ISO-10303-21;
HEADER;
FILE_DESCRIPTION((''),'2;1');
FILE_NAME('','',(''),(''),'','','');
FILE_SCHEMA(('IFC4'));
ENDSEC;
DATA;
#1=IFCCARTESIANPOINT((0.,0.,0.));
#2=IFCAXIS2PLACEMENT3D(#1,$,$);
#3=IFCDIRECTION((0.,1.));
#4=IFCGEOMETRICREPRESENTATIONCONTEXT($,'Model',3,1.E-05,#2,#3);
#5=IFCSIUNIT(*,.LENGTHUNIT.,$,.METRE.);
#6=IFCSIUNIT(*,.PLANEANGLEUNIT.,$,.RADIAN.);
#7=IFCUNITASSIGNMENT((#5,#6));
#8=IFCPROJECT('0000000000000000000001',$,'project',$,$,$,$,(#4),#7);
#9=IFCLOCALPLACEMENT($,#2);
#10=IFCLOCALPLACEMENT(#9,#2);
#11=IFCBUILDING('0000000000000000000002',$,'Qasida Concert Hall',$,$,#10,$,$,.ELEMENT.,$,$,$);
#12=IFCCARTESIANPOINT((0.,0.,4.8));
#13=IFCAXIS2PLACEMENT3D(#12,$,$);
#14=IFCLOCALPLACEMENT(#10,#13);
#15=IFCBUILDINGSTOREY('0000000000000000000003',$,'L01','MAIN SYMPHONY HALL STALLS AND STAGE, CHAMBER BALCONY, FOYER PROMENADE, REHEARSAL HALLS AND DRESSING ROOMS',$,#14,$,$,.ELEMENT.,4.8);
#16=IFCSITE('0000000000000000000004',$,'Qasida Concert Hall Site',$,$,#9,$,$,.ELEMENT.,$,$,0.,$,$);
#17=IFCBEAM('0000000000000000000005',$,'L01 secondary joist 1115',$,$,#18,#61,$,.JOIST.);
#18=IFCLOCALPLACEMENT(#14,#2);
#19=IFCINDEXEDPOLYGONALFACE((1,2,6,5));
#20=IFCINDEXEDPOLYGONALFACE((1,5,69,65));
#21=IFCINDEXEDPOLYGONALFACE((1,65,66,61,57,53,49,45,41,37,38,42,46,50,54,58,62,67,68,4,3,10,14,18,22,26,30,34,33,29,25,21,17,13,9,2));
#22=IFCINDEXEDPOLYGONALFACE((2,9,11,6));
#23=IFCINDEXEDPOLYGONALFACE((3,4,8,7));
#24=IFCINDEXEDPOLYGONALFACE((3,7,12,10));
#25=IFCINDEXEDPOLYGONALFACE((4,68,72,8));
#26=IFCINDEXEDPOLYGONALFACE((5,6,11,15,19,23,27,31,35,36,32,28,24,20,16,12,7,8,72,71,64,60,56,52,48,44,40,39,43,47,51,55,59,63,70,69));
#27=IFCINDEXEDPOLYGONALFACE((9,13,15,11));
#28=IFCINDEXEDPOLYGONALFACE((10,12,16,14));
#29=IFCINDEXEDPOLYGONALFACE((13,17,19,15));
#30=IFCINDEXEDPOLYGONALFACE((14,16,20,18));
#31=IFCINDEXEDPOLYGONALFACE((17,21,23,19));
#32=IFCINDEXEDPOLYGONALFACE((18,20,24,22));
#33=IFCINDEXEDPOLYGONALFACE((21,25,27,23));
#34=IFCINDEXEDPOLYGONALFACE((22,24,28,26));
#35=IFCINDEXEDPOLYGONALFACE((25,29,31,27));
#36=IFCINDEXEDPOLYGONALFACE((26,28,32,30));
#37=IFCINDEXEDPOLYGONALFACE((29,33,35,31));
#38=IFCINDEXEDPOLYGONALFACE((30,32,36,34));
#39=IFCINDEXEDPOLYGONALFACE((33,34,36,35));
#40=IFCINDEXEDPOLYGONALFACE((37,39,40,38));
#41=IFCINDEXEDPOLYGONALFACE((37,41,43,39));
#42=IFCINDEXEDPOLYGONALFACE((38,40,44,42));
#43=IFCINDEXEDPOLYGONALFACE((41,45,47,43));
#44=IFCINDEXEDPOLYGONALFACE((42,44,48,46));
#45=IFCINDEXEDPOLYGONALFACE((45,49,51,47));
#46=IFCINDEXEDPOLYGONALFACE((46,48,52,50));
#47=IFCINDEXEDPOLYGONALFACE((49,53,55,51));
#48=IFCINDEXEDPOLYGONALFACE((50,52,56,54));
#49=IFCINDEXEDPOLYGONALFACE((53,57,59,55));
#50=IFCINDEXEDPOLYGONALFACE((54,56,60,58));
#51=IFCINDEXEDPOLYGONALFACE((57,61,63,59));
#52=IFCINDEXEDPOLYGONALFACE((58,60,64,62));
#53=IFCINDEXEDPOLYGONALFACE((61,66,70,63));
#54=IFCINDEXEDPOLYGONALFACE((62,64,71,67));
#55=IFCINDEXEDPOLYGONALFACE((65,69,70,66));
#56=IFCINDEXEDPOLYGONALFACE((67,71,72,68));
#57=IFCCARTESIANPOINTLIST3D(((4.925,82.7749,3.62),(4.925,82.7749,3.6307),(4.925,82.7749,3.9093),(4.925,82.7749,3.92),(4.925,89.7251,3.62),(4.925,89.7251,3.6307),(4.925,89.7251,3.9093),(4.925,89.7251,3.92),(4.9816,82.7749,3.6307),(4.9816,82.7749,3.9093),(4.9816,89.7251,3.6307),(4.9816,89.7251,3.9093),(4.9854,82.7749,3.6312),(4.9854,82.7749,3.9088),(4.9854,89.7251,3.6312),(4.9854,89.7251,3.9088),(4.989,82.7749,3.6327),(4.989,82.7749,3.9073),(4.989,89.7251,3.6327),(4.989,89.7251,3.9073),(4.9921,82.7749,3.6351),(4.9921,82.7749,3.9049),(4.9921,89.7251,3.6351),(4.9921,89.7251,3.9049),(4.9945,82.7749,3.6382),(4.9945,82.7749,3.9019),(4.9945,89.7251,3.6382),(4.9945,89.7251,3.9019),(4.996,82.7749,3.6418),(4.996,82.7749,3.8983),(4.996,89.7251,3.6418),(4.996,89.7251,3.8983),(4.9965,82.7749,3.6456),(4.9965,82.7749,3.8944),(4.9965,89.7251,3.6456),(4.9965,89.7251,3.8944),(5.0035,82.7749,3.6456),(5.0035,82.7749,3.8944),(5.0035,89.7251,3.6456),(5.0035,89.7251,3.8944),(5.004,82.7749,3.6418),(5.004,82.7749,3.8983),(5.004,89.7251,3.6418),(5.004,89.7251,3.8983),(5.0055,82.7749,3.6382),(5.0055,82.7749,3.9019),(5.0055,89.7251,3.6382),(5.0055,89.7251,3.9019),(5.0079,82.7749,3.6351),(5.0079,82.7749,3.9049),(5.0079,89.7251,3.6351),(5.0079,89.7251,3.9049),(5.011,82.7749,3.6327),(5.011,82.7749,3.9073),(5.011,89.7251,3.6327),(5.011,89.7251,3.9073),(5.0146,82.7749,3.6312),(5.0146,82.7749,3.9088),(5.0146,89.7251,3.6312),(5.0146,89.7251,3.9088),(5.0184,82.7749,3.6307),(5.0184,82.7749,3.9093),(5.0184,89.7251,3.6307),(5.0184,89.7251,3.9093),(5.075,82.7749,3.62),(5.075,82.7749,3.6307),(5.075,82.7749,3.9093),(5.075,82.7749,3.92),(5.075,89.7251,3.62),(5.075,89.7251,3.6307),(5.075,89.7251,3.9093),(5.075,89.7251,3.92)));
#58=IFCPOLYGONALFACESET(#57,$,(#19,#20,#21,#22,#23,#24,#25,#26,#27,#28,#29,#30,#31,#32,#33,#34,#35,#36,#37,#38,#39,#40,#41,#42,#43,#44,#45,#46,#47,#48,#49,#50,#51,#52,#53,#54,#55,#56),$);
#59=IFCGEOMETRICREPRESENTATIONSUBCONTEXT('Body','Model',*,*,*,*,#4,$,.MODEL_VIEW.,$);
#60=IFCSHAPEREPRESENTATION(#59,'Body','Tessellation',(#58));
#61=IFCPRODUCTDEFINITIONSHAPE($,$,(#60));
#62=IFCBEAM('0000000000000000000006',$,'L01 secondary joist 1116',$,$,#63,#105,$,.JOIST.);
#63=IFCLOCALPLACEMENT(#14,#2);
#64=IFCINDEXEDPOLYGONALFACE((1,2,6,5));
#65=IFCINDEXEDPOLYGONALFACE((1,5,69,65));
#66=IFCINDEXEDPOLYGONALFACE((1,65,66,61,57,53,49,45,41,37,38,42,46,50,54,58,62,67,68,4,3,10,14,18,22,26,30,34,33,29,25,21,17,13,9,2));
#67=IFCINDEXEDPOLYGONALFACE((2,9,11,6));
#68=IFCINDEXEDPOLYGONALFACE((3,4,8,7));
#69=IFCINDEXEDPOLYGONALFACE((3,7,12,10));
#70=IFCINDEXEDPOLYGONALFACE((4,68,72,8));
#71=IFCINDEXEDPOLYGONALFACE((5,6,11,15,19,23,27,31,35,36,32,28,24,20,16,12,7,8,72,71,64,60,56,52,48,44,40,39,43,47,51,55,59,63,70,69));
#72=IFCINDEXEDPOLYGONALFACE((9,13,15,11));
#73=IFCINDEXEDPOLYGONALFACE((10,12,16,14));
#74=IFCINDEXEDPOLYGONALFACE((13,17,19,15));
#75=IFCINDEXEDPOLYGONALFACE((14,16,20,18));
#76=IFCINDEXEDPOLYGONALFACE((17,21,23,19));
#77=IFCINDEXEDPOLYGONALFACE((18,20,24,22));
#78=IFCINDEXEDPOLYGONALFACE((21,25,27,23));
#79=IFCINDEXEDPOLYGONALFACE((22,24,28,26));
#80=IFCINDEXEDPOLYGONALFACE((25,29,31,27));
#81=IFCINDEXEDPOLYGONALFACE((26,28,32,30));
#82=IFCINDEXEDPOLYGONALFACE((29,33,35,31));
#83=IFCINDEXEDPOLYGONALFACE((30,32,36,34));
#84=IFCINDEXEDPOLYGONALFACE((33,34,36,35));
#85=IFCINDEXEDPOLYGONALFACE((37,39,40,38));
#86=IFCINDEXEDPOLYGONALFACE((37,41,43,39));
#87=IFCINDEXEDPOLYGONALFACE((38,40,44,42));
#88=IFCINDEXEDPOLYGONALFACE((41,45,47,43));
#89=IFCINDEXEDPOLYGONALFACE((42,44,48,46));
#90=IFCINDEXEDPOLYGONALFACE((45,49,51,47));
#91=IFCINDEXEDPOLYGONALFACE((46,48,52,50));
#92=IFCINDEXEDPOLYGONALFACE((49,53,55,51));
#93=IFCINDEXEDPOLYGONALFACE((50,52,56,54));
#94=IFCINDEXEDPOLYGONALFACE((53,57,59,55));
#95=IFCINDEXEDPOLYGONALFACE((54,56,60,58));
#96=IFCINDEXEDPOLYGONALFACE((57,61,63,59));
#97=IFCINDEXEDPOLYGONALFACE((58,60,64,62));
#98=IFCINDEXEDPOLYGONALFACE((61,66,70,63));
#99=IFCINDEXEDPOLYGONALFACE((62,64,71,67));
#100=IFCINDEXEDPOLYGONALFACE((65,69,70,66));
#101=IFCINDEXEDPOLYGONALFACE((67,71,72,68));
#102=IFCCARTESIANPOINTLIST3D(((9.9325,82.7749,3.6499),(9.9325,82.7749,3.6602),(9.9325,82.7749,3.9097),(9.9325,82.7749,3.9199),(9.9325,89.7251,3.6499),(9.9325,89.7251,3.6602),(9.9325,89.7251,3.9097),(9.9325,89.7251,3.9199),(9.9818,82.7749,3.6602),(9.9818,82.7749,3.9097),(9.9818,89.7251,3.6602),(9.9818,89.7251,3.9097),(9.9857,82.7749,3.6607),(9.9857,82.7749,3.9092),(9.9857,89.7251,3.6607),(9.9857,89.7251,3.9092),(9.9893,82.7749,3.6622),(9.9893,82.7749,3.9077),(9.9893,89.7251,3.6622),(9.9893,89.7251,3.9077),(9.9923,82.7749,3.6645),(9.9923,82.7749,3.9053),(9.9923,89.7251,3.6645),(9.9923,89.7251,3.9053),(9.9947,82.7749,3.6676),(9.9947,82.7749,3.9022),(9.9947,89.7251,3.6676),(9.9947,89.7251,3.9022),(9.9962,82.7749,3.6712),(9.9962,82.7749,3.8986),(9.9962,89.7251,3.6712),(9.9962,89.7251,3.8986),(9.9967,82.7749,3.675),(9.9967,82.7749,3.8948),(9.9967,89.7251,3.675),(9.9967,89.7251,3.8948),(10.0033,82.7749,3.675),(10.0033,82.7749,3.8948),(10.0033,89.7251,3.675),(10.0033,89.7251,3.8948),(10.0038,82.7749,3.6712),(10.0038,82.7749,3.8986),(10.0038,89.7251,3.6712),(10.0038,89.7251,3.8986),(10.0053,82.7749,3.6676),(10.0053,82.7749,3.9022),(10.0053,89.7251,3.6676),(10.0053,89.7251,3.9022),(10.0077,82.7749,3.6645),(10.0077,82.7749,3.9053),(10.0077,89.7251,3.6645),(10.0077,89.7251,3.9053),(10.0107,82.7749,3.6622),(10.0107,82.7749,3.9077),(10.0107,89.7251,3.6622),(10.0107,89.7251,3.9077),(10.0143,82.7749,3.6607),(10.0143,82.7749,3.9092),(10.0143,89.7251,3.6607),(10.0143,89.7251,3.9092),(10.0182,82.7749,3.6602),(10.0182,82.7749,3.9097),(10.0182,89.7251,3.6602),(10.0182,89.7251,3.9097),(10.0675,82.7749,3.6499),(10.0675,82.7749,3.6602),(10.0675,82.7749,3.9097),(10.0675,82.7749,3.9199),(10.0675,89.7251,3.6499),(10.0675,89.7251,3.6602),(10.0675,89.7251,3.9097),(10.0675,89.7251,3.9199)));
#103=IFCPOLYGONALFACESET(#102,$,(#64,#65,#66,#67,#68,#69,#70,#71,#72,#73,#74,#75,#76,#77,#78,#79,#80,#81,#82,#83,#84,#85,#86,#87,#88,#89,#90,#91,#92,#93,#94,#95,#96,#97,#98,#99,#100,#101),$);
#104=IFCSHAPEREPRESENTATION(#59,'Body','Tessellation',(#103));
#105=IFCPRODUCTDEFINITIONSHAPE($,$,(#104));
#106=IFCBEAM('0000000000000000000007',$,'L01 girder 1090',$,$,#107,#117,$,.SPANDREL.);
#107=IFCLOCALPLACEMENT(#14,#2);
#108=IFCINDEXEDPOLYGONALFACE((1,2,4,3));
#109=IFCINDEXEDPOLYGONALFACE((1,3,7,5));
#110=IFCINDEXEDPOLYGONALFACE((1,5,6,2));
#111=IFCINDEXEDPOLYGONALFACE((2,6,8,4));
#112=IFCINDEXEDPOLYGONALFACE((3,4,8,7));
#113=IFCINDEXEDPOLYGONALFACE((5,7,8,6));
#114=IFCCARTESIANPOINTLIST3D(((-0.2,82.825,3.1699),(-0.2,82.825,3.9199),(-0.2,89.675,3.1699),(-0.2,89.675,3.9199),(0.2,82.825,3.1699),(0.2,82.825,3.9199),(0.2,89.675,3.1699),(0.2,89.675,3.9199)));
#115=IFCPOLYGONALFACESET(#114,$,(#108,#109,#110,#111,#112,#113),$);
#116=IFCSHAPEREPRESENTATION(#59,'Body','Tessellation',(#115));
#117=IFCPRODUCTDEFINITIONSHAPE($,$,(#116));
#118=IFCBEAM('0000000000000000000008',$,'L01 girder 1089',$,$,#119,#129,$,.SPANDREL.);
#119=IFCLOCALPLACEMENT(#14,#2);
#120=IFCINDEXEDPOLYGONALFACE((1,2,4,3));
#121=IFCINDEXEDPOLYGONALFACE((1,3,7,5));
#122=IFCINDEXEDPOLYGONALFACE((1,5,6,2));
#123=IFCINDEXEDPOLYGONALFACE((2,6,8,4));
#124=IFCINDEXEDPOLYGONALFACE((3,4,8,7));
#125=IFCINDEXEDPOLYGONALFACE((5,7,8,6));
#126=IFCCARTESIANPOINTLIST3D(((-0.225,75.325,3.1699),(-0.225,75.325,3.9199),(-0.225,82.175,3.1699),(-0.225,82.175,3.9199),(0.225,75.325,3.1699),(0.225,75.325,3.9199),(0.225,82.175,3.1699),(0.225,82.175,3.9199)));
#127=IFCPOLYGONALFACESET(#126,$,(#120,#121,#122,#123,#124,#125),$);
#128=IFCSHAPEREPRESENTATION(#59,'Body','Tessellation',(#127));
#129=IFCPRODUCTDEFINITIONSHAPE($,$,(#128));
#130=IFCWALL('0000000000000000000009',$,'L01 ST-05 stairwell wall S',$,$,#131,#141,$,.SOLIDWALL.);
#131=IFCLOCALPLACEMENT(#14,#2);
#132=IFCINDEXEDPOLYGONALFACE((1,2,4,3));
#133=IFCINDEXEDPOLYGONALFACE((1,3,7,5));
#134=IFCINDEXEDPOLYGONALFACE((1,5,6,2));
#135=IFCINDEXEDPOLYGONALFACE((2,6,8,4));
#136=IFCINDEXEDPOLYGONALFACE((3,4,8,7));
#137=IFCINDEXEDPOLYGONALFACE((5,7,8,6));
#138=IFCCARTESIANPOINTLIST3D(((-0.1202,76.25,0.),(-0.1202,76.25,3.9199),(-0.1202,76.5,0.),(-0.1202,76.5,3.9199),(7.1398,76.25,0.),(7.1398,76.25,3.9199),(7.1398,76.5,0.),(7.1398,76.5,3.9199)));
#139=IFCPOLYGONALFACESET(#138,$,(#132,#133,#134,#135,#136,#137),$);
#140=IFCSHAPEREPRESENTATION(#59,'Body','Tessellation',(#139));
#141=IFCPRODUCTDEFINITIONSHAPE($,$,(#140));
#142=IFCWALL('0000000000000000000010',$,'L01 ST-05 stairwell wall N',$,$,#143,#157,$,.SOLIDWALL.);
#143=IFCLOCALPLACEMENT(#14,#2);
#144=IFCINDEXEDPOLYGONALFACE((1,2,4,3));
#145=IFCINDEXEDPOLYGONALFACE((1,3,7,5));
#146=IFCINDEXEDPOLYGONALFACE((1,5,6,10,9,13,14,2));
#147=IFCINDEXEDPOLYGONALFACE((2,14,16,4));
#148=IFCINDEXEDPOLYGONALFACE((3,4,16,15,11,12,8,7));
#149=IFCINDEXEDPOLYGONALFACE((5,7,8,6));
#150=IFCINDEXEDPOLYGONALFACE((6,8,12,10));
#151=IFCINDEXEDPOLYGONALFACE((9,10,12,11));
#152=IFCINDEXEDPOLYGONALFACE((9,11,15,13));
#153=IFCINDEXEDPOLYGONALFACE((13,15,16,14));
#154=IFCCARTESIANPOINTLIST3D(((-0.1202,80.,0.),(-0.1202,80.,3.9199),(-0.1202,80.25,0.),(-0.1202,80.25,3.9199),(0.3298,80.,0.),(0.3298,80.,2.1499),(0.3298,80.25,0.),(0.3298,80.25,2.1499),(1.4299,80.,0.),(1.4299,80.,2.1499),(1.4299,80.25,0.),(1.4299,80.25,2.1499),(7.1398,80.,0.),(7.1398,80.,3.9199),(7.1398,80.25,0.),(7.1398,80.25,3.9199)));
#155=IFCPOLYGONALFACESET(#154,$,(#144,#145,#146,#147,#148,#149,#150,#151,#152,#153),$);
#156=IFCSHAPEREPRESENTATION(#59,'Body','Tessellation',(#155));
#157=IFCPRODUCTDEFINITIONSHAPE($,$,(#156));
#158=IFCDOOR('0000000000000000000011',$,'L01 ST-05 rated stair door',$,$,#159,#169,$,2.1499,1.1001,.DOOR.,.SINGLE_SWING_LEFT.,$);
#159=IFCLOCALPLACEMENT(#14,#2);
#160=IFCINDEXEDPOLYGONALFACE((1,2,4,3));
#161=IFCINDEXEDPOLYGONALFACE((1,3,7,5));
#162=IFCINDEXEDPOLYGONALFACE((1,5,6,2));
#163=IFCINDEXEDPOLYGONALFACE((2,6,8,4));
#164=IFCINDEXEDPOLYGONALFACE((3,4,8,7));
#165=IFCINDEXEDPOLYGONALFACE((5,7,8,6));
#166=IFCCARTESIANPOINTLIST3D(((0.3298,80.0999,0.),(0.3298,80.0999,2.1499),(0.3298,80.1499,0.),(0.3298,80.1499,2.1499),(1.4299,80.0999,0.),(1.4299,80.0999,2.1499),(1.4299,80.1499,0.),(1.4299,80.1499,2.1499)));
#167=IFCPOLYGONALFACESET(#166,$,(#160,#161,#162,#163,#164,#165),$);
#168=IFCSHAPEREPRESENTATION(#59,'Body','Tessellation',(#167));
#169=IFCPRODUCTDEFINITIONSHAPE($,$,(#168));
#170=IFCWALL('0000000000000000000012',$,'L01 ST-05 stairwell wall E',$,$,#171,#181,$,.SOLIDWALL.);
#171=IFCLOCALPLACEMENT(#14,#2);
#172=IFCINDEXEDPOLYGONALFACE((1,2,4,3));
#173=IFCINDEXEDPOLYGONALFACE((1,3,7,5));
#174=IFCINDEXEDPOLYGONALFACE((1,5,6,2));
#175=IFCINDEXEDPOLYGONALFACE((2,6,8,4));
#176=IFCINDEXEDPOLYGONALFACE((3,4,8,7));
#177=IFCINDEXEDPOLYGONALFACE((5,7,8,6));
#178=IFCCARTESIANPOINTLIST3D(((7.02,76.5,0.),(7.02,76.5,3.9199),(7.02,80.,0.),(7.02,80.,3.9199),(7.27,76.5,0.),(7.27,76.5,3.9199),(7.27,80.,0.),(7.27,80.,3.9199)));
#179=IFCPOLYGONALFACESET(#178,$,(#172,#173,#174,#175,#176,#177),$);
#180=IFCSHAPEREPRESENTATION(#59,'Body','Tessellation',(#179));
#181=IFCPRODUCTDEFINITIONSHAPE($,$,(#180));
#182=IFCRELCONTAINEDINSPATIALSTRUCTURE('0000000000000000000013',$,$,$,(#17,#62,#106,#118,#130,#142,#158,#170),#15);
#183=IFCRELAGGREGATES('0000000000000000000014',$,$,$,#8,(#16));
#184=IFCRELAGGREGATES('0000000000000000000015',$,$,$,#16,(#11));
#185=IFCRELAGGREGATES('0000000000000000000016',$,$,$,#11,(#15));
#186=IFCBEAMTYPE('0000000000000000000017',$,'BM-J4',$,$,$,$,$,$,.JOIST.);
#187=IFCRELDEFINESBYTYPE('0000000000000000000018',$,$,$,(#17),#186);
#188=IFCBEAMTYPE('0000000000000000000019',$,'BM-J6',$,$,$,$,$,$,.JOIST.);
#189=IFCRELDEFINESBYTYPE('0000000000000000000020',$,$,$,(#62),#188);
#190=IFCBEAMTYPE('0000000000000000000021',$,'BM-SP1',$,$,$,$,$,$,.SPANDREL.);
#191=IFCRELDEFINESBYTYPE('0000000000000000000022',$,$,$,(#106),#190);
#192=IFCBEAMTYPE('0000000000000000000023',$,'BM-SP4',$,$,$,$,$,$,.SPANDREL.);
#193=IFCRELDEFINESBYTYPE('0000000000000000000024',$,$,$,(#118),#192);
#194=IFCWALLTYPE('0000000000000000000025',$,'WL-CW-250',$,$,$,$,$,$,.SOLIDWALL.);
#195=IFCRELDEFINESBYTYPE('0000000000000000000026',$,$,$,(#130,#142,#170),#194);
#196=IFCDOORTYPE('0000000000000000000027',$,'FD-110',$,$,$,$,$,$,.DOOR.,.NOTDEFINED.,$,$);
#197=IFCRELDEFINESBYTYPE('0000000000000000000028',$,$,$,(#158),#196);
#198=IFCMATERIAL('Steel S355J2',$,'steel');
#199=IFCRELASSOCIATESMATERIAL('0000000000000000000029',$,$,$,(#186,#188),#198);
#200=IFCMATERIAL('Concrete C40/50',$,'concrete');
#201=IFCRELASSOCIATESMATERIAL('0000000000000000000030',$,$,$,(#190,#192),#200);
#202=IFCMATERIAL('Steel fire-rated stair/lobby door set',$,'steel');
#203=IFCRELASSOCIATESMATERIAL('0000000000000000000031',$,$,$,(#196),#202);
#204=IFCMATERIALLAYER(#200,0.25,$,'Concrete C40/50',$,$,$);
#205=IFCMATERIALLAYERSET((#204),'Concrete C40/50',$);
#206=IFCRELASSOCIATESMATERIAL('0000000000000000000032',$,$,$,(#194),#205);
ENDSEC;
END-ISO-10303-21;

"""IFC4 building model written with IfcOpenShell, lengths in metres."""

from ifc_helpers import new_model, si_unit, direction, frame, frame_2d, origin, origin_2d, place, context, subcontext, project, spatial, rectangle, i_section, extrude, material, layer, layer_set, material_profile, profile_set, type_object, element, fill, save


model = new_model("IFC4")

# Units and contexts
model_context = context("Model", 3, precision=1e-05, world=origin(), true_north=direction((0.0, 1.0)))
body_context = subcontext(model_context, "Body", "Model", "MODEL_VIEW")
ifc_project = project(units=[si_unit("LENGTHUNIT", "METRE"), si_unit("PLANEANGLEUNIT", "RADIAN")], contexts=[model_context])

# Site, building, storey
site_placement = place(None, origin())
site = spatial("IfcSite", under=ifc_project, at=site_placement, Name="Qasida Concert Hall Site", CompositionType="ELEMENT", RefElevation=0.0)
building_placement = place(site_placement, origin())
building = spatial("IfcBuilding", under=site, at=building_placement, Name="Qasida Concert Hall", CompositionType="ELEMENT")
storey_placement = place(building_placement, frame((0.0, 0.0, 4.8)))
storey = spatial("IfcBuildingStorey", under=building, at=storey_placement, Name="L01", Description="MAIN SYMPHONY HALL STALLS AND STAGE, CHAMBER BALCONY, FOYER PROMENADE, REHEARSAL HALLS AND DRESSING ROOMS", CompositionType="ELEMENT", Elevation=4.8)

# Beams
ifc_material_1 = material(Name="Steel S355J2", Category="steel")
ifc_material_2 = material(Name="Concrete C40/50", Category="concrete")
ifc_material_profile_1 = material_profile(ifc_material_1, i_section(OverallWidth=0.1499, OverallDepth=0.3, WebThickness=0.0071, FlangeThickness=0.0107, FilletRadius=0.0149, at=origin_2d()), Name="IPE 300")
ifc_profile_set_1 = profile_set([ifc_material_profile_1], Name="Steel S355J2")
beam_type_1 = type_object("IfcBeamType", Name="BM-J4", PredefinedType="JOIST", material=ifc_profile_set_1)
for number, where, z_axis, x_axis, name in (
    (1, (5.0, 82.7749, 3.77), (0.0, 1.0, 0.0), (-1.0, 0.0, 0.0), "L01 secondary joist 1115"),
):
    element("IfcBeam", number, at=place(storey_placement, frame(where, z_axis=z_axis, x_axis=x_axis)), inside=storey, type_object=beam_type_1, Name=name, PredefinedType="JOIST", context=body_context, shape_type="SweptSolid", body=[
        extrude(i_section(OverallWidth=0.1499, OverallDepth=0.3, WebThickness=0.0071, FlangeThickness=0.0107, FilletRadius=0.0149, at=origin_2d()), origin(), (0.0, 0.0, 1.0), 6.9502),
    ])
ifc_material_profile_2 = material_profile(ifc_material_1, i_section(OverallWidth=0.135, OverallDepth=0.27, WebThickness=0.0066, FlangeThickness=0.0103, FilletRadius=0.0149, at=origin_2d()), Name="IPE 270")
ifc_profile_set_2 = profile_set([ifc_material_profile_2], Name="Steel S355J2")
beam_type_2 = type_object("IfcBeamType", Name="BM-J6", PredefinedType="JOIST", material=ifc_profile_set_2)
beam_1_placement = place(storey_placement, frame((10.0, 82.7749, 3.7849), z_axis=(0.0, 1.0, 0.0), x_axis=(-1.0, 0.0, 0.0)))
element("IfcBeam", 2, at=beam_1_placement, inside=storey, type_object=beam_type_2, Name="L01 secondary joist 1116", PredefinedType="JOIST", context=body_context, shape_type="SweptSolid", body=[
    extrude(i_section(OverallWidth=0.135, OverallDepth=0.27, WebThickness=0.0066, FlangeThickness=0.0103, FilletRadius=0.0149, at=origin_2d()), origin(), (0.0, 0.0, 1.0), 6.9502),
])
ifc_material_profile_3 = material_profile(ifc_material_2, rectangle(XDim=0.3999, YDim=0.75, at=origin_2d()), Name="RC 400x750")
ifc_profile_set_3 = profile_set([ifc_material_profile_3], Name="Concrete C40/50")
beam_type_3 = type_object("IfcBeamType", Name="BM-SP1", PredefinedType="SPANDREL", material=ifc_profile_set_3)
beam_2_placement = place(storey_placement, frame((0.0, 82.825, 3.5449), z_axis=(0.0, 1.0, 0.0), x_axis=(-1.0, 0.0, 0.0)))
element("IfcBeam", 3, at=beam_2_placement, inside=storey, type_object=beam_type_3, Name="L01 girder 1090", PredefinedType="SPANDREL", context=body_context, shape_type="SweptSolid", body=[
    extrude(rectangle(XDim=0.3999, YDim=0.75, at=origin_2d()), origin(), (0.0, 0.0, 1.0), 6.8501),
])
ifc_material_profile_4 = material_profile(ifc_material_2, rectangle(XDim=0.45, YDim=0.75, at=origin_2d()), Name="RC 450x750")
ifc_profile_set_4 = profile_set([ifc_material_profile_4], Name="Concrete C40/50")
beam_type_4 = type_object("IfcBeamType", Name="BM-SP4", PredefinedType="SPANDREL", material=ifc_profile_set_4)
beam_3_placement = place(storey_placement, frame((0.0, 75.325, 3.5449), z_axis=(0.0, 1.0, 0.0), x_axis=(-1.0, 0.0, 0.0)))
element("IfcBeam", 4, at=beam_3_placement, inside=storey, type_object=beam_type_4, Name="L01 girder 1089", PredefinedType="SPANDREL", context=body_context, shape_type="SweptSolid", body=[
    extrude(rectangle(XDim=0.45, YDim=0.75, at=origin_2d()), origin(), (0.0, 0.0, 1.0), 6.8501),
])

# Shared definitions
ifc_material_3 = material(Name="Steel fire-rated stair/lobby door set", Category="steel")
door_type = type_object("IfcDoorType", Name="FD-110", OperationType="NOTDEFINED", PredefinedType="DOOR", material=ifc_material_3)

# Wall
ifc_layer_1 = layer(ifc_material_2, 0.25, Name="Concrete C40/50")
ifc_layer_set_1 = layer_set([ifc_layer_1], Name="Concrete C40/50")
wall_type_1 = type_object("IfcWallType", Name="WL-CW-250", PredefinedType="SOLIDWALL", material=ifc_layer_set_1)
wall_1_placement = place(storey_placement, frame((-0.1201, 76.375, 0.0), z_axis=(0.0, 0.0, 1.0), x_axis=(1.0, 0.0, 0.0)))
element("IfcWall", 5, at=wall_1_placement, inside=storey, type_object=wall_type_1, Name="L01 ST-05 stairwell wall S", PredefinedType="SOLIDWALL", context=body_context, shape_type="SweptSolid", body=[
    extrude(rectangle(XDim=7.26, YDim=0.25, at=frame_2d((3.6299, 0.0))), origin(), (0.0, 0.0, 1.0), 3.9199),
])

# Wall, opening, door
wall_2_placement = place(storey_placement, frame((-0.1201, 80.125, 0.0), z_axis=(0.0, 0.0, 1.0), x_axis=(1.0, 0.0, 0.0)))
wall_2 = element("IfcWall", 6, at=wall_2_placement, inside=storey, type_object=wall_type_1, Name="L01 ST-05 stairwell wall N", PredefinedType="SOLIDWALL", context=body_context, shape_type="SweptSolid", body=[
    extrude(rectangle(XDim=7.26, YDim=0.25, at=frame_2d((3.6299, 0.0))), origin(), (0.0, 0.0, 1.0), 3.9199),
])
opening_1_placement = place(wall_2_placement, frame((0.45, 0.0, 0.0)))
opening_1 = element("IfcOpeningElement", 7, at=opening_1_placement, cuts=wall_2, PredefinedType="OPENING", context=body_context, shape_type="SweptSolid", body=[
    extrude(rectangle(XDim=1.1001, YDim=2.1499, at=frame_2d((0.55, 1.075))), frame((0.0, 0.135, 0.0), z_axis=(0.0, -1.0, 0.0), x_axis=(1.0, 0.0, 0.0)), (0.0, 0.0, 1.0), 0.27),
])
door_1_placement = place(opening_1_placement, origin())
door_1 = element("IfcDoor", 8, at=door_1_placement, inside=storey, type_object=door_type, Name="L01 ST-05 rated stair door", OperationType="SINGLE_SWING_LEFT", OverallHeight=2.1499, OverallWidth=1.1001, PredefinedType="DOOR", context=body_context, shape_type="SweptSolid", body=[
    extrude(rectangle(XDim=1.1001, YDim=2.1499, at=frame_2d((0.55, 1.075))), frame((0.0, 0.0249, 0.0), z_axis=(0.0, -1.0, 0.0), x_axis=(1.0, 0.0, 0.0)), (0.0, 0.0, 1.0), 0.05),
])
fill(opening_1, door_1)

# Wall
wall_3_placement = place(storey_placement, frame((7.145, 76.5, 0.0), z_axis=(0.0, 0.0, 1.0), x_axis=(0.0, 1.0, 0.0)))
element("IfcWall", 9, at=wall_3_placement, inside=storey, type_object=wall_type_1, Name="L01 ST-05 stairwell wall E", PredefinedType="SOLIDWALL", context=body_context, shape_type="SweptSolid", body=[
    extrude(rectangle(XDim=3.5, YDim=0.25, at=frame_2d((1.75, 0.0))), origin(), (0.0, 0.0, 1.0), 3.9199),
])

save(model, "model.ifc")
